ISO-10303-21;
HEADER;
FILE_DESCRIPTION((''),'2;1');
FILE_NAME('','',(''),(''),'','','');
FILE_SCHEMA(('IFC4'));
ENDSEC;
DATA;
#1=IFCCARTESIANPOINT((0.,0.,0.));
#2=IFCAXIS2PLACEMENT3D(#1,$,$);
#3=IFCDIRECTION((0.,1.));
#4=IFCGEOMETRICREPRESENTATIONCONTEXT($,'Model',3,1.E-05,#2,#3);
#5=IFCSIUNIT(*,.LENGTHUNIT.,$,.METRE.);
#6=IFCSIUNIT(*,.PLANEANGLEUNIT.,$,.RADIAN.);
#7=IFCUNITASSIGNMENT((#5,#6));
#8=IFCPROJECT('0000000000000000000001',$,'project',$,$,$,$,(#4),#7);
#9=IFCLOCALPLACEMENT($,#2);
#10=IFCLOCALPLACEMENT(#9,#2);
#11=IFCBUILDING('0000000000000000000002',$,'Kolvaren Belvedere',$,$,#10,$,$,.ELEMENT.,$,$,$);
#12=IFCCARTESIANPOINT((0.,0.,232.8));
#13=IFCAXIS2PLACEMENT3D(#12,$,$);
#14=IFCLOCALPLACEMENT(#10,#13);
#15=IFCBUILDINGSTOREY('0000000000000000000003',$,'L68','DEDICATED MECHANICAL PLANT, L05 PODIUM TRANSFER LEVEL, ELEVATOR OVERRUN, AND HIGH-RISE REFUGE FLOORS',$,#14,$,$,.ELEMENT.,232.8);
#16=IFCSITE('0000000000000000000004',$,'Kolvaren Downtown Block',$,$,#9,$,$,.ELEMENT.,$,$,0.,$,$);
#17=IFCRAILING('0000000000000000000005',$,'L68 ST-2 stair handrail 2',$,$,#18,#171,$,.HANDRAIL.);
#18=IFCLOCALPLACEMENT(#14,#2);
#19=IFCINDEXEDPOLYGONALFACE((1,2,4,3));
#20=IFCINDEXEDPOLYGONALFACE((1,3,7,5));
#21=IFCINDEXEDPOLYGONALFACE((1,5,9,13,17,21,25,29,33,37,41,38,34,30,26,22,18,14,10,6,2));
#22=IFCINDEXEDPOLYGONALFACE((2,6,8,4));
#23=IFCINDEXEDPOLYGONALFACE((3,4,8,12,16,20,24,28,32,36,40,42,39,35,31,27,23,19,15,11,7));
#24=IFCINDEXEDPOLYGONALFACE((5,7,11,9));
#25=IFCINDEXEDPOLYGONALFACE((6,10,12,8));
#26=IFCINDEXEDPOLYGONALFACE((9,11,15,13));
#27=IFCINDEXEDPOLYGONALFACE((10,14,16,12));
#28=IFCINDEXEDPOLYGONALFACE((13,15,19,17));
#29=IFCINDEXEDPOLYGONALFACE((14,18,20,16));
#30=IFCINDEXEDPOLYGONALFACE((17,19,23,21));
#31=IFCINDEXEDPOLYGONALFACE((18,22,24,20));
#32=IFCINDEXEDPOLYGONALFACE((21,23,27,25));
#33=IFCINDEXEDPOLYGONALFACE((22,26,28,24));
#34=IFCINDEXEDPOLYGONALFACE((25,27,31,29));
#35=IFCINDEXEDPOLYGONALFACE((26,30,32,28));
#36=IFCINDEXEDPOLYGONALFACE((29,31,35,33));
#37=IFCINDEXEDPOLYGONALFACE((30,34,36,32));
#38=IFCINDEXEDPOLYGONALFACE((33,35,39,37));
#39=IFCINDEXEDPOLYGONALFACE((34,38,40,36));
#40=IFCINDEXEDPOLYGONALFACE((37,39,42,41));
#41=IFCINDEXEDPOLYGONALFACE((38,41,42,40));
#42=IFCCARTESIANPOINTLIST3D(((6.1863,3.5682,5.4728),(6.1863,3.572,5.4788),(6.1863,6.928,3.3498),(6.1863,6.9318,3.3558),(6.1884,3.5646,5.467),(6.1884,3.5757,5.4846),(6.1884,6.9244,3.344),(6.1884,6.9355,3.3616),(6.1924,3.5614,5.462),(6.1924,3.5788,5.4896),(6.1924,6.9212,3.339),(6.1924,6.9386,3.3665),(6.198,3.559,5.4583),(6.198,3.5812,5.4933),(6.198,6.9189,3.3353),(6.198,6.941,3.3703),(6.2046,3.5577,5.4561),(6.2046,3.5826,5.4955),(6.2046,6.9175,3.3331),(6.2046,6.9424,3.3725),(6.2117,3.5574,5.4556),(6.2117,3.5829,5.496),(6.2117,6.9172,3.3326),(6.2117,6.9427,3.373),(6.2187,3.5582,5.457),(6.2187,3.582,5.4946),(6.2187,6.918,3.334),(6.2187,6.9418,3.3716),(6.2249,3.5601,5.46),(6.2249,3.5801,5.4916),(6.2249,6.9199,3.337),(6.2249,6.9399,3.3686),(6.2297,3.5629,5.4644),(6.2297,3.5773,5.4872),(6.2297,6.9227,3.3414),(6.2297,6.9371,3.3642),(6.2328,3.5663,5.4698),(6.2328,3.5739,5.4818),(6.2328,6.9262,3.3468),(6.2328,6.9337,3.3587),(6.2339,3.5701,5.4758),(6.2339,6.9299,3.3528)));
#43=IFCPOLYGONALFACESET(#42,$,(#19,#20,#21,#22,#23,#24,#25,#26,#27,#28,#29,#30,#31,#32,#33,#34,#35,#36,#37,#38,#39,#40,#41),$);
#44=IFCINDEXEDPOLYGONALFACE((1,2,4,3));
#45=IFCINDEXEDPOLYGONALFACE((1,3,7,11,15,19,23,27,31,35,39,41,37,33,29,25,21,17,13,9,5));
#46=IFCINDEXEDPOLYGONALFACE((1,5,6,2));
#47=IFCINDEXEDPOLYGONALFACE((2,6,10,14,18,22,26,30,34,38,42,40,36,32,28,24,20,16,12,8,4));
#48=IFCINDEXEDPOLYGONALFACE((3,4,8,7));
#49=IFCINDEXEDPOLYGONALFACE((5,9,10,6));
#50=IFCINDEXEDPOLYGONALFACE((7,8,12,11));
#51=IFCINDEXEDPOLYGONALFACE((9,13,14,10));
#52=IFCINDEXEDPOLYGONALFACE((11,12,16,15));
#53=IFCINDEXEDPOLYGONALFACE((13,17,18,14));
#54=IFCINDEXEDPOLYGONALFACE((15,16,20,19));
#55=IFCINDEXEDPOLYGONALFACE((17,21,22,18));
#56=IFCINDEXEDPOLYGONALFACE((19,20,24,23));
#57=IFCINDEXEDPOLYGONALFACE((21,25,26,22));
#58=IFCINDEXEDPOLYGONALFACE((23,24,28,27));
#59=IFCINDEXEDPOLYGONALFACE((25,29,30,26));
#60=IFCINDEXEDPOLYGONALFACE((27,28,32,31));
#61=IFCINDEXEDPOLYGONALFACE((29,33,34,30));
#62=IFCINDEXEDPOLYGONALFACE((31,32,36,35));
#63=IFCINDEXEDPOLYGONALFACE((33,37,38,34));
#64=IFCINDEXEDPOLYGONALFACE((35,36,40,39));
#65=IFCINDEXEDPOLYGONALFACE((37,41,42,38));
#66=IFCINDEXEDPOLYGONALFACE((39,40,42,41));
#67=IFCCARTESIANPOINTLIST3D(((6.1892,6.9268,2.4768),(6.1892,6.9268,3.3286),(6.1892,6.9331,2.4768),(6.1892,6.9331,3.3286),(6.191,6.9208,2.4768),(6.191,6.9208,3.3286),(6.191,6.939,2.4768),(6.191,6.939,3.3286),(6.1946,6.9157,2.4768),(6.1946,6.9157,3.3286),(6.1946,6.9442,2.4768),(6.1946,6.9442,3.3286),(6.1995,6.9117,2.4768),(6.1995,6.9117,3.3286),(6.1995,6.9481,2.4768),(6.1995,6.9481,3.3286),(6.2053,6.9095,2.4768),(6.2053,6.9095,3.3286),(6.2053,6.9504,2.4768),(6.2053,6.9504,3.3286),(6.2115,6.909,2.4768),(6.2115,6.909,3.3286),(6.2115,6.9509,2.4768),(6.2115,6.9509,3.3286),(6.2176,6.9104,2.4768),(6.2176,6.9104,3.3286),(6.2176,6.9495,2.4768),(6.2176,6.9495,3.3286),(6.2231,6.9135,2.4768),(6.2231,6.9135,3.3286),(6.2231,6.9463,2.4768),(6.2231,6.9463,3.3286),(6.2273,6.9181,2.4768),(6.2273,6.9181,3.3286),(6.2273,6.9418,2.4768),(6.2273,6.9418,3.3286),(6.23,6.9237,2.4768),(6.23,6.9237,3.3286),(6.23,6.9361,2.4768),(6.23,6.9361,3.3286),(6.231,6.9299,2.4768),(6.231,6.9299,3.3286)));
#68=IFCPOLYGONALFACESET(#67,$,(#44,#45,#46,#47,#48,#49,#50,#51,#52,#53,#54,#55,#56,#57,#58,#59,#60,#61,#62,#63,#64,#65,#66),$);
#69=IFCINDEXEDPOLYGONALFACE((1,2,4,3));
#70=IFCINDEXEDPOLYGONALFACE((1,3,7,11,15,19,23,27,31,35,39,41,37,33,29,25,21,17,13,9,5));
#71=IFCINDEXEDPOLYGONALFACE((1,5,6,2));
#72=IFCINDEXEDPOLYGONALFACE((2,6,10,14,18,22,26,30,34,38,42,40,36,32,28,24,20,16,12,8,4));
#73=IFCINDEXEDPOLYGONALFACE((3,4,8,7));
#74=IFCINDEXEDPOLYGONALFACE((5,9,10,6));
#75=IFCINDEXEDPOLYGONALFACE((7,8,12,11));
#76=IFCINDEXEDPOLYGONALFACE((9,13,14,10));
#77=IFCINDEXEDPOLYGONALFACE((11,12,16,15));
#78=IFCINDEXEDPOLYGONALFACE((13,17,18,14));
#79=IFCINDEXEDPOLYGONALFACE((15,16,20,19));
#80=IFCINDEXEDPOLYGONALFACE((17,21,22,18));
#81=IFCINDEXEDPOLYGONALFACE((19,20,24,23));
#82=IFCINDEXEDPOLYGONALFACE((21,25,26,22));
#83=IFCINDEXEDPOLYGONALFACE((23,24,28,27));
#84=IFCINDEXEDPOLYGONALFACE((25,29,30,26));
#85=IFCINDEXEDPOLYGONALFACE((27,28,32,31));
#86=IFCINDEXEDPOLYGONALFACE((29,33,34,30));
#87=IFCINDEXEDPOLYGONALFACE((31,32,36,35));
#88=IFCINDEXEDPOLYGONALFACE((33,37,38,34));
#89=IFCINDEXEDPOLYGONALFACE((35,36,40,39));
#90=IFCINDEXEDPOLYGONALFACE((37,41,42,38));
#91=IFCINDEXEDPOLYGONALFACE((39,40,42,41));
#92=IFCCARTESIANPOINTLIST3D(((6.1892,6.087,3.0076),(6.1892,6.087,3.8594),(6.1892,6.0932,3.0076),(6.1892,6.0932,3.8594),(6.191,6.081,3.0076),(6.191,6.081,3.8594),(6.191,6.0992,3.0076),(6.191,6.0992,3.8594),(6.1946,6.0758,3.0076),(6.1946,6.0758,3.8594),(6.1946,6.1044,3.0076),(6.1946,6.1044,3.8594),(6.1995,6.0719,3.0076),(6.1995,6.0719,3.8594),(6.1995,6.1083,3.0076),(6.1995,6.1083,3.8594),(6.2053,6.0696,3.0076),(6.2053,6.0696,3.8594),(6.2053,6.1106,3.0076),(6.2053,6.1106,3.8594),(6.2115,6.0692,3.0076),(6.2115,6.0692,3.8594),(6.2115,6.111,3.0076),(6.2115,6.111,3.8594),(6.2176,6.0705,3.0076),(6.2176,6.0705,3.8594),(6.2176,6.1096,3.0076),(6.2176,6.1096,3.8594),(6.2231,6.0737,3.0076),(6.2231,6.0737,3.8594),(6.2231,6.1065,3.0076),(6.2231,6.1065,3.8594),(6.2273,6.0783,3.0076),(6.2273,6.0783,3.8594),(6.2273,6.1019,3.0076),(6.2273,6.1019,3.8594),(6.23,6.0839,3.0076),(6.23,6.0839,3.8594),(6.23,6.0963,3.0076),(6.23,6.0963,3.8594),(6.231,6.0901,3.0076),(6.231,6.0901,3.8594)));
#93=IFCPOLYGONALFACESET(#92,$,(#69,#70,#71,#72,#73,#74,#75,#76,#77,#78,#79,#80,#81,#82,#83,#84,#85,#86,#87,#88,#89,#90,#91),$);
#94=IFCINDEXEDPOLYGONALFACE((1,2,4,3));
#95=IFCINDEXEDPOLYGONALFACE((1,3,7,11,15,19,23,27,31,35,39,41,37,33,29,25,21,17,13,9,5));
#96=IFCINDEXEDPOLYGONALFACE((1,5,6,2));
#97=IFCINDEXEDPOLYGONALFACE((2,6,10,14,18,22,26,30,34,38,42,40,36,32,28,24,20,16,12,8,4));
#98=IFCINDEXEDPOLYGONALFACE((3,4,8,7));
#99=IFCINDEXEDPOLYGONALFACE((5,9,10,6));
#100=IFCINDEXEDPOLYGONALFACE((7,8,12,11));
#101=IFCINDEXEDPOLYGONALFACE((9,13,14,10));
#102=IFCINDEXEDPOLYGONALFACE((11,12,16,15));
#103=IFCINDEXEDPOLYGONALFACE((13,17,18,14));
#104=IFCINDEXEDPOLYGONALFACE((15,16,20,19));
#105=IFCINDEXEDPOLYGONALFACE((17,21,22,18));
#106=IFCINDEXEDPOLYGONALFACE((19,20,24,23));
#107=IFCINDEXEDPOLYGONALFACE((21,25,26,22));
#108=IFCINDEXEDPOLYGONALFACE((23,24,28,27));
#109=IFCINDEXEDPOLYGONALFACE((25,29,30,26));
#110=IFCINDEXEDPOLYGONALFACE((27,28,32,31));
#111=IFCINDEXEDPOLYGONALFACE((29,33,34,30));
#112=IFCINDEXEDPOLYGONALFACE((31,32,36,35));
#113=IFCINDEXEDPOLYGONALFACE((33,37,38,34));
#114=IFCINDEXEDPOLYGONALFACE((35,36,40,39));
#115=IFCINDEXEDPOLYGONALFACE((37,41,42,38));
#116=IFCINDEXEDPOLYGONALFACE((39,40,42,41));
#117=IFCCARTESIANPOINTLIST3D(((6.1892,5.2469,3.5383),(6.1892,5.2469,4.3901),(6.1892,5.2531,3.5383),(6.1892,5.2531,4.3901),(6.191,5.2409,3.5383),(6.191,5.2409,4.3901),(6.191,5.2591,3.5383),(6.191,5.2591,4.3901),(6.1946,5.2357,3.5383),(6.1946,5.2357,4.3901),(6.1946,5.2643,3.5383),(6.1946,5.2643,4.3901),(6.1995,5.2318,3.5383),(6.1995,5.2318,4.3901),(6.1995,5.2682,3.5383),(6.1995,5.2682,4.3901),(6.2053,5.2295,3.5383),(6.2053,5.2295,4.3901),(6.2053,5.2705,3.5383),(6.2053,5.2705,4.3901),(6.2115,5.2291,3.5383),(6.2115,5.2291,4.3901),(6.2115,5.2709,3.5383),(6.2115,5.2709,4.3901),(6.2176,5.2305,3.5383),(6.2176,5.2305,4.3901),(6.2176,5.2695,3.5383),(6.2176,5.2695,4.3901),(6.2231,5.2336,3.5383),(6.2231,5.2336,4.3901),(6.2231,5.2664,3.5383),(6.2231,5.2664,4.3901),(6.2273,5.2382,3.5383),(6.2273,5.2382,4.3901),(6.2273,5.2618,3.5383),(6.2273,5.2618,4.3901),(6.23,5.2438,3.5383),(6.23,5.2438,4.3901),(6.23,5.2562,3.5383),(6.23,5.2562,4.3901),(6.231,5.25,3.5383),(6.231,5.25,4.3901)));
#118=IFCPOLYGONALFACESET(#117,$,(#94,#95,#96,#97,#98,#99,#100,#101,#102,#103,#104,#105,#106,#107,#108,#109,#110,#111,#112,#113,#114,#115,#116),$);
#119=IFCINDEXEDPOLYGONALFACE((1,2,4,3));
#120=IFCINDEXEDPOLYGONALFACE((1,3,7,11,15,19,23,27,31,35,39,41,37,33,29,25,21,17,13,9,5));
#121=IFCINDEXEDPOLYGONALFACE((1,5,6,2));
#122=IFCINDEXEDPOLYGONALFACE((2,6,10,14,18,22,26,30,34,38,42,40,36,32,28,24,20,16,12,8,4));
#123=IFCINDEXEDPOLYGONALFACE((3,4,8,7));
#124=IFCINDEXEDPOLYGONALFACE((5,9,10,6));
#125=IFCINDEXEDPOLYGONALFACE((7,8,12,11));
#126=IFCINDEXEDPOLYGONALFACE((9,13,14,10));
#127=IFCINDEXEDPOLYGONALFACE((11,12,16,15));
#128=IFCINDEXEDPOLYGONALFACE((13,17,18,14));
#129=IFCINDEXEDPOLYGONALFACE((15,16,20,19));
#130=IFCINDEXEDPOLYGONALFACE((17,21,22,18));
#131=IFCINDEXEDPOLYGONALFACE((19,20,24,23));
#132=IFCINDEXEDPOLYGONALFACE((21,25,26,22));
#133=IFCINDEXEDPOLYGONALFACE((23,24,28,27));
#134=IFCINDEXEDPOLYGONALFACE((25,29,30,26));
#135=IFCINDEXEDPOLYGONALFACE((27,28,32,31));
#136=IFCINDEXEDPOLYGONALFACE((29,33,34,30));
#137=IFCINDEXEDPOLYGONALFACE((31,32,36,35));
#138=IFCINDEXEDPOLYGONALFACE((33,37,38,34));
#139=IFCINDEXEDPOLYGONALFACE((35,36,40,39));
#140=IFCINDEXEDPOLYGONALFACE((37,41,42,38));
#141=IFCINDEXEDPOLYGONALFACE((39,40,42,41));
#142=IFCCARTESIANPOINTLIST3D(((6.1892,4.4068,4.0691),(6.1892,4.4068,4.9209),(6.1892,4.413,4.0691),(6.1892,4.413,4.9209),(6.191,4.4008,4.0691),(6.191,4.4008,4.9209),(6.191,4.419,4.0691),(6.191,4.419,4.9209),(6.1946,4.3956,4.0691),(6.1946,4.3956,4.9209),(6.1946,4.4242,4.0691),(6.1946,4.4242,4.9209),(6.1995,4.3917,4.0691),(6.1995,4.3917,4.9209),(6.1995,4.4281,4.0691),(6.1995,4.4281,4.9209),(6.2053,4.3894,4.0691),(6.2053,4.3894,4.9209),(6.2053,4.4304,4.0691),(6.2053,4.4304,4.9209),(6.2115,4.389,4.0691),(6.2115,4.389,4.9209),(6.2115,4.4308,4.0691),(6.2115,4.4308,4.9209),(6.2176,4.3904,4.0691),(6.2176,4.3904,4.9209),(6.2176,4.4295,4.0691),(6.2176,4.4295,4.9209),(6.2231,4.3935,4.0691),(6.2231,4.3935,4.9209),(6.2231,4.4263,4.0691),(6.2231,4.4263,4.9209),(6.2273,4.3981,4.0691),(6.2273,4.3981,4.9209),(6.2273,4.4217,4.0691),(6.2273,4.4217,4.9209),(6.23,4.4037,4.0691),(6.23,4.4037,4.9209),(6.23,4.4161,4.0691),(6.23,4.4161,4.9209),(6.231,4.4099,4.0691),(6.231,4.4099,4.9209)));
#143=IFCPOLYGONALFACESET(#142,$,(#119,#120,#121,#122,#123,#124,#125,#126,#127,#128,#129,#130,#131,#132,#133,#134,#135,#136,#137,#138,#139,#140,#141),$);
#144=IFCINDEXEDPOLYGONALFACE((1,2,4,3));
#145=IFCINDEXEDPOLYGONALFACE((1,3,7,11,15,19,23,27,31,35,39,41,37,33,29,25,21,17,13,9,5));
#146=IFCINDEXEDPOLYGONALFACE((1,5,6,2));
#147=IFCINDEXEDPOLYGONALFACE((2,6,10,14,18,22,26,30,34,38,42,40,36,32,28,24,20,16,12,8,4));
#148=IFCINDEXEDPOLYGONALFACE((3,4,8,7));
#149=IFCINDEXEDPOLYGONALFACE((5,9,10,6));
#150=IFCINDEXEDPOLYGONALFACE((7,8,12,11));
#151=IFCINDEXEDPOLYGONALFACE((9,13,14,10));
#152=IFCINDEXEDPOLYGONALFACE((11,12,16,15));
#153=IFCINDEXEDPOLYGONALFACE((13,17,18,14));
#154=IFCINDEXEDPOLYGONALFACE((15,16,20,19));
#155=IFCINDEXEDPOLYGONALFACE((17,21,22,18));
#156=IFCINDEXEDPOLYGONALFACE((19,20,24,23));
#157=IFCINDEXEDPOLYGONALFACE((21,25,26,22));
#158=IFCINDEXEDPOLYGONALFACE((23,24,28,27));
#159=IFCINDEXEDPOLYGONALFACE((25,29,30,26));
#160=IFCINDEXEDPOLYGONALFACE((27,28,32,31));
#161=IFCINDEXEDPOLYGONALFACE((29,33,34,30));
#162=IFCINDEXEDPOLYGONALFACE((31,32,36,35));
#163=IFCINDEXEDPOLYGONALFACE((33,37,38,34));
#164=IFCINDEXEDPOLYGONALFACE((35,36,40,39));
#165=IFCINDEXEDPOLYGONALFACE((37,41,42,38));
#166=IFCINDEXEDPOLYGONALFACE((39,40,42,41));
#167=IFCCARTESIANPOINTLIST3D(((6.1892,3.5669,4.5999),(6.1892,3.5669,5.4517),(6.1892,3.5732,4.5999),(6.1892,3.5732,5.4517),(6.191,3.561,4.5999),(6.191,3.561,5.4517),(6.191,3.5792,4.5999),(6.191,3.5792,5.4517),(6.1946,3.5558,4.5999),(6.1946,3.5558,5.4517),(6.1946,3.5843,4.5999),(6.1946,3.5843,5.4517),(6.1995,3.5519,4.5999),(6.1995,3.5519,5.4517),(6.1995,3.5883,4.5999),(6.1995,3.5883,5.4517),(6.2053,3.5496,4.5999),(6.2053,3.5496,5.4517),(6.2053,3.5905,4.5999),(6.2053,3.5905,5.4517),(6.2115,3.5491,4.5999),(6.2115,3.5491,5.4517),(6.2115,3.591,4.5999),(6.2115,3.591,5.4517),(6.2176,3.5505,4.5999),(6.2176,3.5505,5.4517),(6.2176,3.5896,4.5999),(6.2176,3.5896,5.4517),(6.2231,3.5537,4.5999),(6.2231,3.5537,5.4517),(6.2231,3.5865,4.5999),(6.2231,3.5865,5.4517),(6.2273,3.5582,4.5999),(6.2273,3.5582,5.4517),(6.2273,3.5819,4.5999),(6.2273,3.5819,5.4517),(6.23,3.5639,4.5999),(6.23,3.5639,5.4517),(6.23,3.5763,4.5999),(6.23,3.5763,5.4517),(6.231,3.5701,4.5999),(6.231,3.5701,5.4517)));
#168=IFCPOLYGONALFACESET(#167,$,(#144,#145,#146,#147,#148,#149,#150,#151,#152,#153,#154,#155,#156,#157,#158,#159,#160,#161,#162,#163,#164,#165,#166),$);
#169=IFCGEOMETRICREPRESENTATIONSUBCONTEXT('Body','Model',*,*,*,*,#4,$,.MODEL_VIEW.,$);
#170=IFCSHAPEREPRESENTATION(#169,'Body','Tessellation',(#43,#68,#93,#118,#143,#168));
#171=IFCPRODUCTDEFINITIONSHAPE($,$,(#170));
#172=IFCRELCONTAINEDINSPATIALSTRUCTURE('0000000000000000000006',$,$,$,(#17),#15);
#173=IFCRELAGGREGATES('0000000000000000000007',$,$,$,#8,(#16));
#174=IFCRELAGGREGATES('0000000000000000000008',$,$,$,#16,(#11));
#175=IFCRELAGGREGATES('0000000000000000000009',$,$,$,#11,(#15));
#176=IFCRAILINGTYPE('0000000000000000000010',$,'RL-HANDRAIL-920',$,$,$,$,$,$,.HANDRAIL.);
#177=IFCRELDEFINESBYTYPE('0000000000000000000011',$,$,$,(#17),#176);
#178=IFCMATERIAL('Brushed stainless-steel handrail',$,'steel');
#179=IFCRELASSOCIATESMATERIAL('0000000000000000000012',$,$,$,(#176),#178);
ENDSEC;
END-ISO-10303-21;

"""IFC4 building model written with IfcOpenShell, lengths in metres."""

from ifc_helpers import new_model, si_unit, direction, frame, origin, origin_2d, place, context, subcontext, project, spatial, circle, extrude, material, type_object, element, save


model = new_model("IFC4")

# Units and contexts
model_context = context("Model", 3, precision=1e-05, world=origin(), true_north=direction((0.0, 1.0)))
body_context = subcontext(model_context, "Body", "Model", "MODEL_VIEW")
ifc_project = project(units=[si_unit("LENGTHUNIT", "METRE"), si_unit("PLANEANGLEUNIT", "RADIAN")], contexts=[model_context])

# Site, building, storey
site_placement = place(None, origin())
site = spatial("IfcSite", under=ifc_project, at=site_placement, Name="Kolvaren Downtown Block", CompositionType="ELEMENT", RefElevation=0.0)
building_placement = place(site_placement, origin())
building = spatial("IfcBuilding", under=site, at=building_placement, Name="Kolvaren Belvedere", CompositionType="ELEMENT")
storey_placement = place(building_placement, frame((0.0, 0.0, 232.8)))
storey = spatial("IfcBuildingStorey", under=building, at=storey_placement, Name="L68", Description="DEDICATED MECHANICAL PLANT, L05 PODIUM TRANSFER LEVEL, ELEVATOR OVERRUN, AND HIGH-RISE REFUGE FLOORS", CompositionType="ELEMENT", Elevation=232.8)

# Railing
ifc_material_1 = material(Name="Brushed stainless-steel handrail", Category="steel")
railing_type_1 = type_object("IfcRailingType", Name="RL-HANDRAIL-920", PredefinedType="HANDRAIL", material=ifc_material_1)
railing_1_placement = place(storey_placement, frame((6.21, 6.9299, 2.4768)))
element("IfcRailing", 1, at=railing_1_placement, inside=storey, type_object=railing_type_1, Name="L68 ST-2 stair handrail 2", PredefinedType="HANDRAIL", context=body_context, shape_type="SweptSolid", body=[
    extrude(circle(Radius=0.0239, at=origin_2d()), frame((0.0, 0.0, 0.876), z_axis=(0.0, -0.845372, 0.534178), x_axis=(1.0, 0.0, 0.0)), (0.0, 0.0, 1.0), 3.9744),
    extrude(circle(Radius=0.021, at=origin_2d()), origin(), (0.0, 0.0, 1.0), 0.8518),
    extrude(circle(Radius=0.021, at=origin_2d()), frame((0.0, -0.8398, 0.5308)), (0.0, 0.0, 1.0), 0.8518),
    extrude(circle(Radius=0.021, at=origin_2d()), frame((0.0, -1.6799, 1.0615)), (0.0, 0.0, 1.0), 0.8518),
    extrude(circle(Radius=0.021, at=origin_2d()), frame((0.0, -2.52, 1.5923)), (0.0, 0.0, 1.0), 0.8518),
    extrude(circle(Radius=0.021, at=origin_2d()), frame((0.0, -3.3599, 2.123)), (0.0, 0.0, 1.0), 0.8518),
])

save(model, "model.ifc")
